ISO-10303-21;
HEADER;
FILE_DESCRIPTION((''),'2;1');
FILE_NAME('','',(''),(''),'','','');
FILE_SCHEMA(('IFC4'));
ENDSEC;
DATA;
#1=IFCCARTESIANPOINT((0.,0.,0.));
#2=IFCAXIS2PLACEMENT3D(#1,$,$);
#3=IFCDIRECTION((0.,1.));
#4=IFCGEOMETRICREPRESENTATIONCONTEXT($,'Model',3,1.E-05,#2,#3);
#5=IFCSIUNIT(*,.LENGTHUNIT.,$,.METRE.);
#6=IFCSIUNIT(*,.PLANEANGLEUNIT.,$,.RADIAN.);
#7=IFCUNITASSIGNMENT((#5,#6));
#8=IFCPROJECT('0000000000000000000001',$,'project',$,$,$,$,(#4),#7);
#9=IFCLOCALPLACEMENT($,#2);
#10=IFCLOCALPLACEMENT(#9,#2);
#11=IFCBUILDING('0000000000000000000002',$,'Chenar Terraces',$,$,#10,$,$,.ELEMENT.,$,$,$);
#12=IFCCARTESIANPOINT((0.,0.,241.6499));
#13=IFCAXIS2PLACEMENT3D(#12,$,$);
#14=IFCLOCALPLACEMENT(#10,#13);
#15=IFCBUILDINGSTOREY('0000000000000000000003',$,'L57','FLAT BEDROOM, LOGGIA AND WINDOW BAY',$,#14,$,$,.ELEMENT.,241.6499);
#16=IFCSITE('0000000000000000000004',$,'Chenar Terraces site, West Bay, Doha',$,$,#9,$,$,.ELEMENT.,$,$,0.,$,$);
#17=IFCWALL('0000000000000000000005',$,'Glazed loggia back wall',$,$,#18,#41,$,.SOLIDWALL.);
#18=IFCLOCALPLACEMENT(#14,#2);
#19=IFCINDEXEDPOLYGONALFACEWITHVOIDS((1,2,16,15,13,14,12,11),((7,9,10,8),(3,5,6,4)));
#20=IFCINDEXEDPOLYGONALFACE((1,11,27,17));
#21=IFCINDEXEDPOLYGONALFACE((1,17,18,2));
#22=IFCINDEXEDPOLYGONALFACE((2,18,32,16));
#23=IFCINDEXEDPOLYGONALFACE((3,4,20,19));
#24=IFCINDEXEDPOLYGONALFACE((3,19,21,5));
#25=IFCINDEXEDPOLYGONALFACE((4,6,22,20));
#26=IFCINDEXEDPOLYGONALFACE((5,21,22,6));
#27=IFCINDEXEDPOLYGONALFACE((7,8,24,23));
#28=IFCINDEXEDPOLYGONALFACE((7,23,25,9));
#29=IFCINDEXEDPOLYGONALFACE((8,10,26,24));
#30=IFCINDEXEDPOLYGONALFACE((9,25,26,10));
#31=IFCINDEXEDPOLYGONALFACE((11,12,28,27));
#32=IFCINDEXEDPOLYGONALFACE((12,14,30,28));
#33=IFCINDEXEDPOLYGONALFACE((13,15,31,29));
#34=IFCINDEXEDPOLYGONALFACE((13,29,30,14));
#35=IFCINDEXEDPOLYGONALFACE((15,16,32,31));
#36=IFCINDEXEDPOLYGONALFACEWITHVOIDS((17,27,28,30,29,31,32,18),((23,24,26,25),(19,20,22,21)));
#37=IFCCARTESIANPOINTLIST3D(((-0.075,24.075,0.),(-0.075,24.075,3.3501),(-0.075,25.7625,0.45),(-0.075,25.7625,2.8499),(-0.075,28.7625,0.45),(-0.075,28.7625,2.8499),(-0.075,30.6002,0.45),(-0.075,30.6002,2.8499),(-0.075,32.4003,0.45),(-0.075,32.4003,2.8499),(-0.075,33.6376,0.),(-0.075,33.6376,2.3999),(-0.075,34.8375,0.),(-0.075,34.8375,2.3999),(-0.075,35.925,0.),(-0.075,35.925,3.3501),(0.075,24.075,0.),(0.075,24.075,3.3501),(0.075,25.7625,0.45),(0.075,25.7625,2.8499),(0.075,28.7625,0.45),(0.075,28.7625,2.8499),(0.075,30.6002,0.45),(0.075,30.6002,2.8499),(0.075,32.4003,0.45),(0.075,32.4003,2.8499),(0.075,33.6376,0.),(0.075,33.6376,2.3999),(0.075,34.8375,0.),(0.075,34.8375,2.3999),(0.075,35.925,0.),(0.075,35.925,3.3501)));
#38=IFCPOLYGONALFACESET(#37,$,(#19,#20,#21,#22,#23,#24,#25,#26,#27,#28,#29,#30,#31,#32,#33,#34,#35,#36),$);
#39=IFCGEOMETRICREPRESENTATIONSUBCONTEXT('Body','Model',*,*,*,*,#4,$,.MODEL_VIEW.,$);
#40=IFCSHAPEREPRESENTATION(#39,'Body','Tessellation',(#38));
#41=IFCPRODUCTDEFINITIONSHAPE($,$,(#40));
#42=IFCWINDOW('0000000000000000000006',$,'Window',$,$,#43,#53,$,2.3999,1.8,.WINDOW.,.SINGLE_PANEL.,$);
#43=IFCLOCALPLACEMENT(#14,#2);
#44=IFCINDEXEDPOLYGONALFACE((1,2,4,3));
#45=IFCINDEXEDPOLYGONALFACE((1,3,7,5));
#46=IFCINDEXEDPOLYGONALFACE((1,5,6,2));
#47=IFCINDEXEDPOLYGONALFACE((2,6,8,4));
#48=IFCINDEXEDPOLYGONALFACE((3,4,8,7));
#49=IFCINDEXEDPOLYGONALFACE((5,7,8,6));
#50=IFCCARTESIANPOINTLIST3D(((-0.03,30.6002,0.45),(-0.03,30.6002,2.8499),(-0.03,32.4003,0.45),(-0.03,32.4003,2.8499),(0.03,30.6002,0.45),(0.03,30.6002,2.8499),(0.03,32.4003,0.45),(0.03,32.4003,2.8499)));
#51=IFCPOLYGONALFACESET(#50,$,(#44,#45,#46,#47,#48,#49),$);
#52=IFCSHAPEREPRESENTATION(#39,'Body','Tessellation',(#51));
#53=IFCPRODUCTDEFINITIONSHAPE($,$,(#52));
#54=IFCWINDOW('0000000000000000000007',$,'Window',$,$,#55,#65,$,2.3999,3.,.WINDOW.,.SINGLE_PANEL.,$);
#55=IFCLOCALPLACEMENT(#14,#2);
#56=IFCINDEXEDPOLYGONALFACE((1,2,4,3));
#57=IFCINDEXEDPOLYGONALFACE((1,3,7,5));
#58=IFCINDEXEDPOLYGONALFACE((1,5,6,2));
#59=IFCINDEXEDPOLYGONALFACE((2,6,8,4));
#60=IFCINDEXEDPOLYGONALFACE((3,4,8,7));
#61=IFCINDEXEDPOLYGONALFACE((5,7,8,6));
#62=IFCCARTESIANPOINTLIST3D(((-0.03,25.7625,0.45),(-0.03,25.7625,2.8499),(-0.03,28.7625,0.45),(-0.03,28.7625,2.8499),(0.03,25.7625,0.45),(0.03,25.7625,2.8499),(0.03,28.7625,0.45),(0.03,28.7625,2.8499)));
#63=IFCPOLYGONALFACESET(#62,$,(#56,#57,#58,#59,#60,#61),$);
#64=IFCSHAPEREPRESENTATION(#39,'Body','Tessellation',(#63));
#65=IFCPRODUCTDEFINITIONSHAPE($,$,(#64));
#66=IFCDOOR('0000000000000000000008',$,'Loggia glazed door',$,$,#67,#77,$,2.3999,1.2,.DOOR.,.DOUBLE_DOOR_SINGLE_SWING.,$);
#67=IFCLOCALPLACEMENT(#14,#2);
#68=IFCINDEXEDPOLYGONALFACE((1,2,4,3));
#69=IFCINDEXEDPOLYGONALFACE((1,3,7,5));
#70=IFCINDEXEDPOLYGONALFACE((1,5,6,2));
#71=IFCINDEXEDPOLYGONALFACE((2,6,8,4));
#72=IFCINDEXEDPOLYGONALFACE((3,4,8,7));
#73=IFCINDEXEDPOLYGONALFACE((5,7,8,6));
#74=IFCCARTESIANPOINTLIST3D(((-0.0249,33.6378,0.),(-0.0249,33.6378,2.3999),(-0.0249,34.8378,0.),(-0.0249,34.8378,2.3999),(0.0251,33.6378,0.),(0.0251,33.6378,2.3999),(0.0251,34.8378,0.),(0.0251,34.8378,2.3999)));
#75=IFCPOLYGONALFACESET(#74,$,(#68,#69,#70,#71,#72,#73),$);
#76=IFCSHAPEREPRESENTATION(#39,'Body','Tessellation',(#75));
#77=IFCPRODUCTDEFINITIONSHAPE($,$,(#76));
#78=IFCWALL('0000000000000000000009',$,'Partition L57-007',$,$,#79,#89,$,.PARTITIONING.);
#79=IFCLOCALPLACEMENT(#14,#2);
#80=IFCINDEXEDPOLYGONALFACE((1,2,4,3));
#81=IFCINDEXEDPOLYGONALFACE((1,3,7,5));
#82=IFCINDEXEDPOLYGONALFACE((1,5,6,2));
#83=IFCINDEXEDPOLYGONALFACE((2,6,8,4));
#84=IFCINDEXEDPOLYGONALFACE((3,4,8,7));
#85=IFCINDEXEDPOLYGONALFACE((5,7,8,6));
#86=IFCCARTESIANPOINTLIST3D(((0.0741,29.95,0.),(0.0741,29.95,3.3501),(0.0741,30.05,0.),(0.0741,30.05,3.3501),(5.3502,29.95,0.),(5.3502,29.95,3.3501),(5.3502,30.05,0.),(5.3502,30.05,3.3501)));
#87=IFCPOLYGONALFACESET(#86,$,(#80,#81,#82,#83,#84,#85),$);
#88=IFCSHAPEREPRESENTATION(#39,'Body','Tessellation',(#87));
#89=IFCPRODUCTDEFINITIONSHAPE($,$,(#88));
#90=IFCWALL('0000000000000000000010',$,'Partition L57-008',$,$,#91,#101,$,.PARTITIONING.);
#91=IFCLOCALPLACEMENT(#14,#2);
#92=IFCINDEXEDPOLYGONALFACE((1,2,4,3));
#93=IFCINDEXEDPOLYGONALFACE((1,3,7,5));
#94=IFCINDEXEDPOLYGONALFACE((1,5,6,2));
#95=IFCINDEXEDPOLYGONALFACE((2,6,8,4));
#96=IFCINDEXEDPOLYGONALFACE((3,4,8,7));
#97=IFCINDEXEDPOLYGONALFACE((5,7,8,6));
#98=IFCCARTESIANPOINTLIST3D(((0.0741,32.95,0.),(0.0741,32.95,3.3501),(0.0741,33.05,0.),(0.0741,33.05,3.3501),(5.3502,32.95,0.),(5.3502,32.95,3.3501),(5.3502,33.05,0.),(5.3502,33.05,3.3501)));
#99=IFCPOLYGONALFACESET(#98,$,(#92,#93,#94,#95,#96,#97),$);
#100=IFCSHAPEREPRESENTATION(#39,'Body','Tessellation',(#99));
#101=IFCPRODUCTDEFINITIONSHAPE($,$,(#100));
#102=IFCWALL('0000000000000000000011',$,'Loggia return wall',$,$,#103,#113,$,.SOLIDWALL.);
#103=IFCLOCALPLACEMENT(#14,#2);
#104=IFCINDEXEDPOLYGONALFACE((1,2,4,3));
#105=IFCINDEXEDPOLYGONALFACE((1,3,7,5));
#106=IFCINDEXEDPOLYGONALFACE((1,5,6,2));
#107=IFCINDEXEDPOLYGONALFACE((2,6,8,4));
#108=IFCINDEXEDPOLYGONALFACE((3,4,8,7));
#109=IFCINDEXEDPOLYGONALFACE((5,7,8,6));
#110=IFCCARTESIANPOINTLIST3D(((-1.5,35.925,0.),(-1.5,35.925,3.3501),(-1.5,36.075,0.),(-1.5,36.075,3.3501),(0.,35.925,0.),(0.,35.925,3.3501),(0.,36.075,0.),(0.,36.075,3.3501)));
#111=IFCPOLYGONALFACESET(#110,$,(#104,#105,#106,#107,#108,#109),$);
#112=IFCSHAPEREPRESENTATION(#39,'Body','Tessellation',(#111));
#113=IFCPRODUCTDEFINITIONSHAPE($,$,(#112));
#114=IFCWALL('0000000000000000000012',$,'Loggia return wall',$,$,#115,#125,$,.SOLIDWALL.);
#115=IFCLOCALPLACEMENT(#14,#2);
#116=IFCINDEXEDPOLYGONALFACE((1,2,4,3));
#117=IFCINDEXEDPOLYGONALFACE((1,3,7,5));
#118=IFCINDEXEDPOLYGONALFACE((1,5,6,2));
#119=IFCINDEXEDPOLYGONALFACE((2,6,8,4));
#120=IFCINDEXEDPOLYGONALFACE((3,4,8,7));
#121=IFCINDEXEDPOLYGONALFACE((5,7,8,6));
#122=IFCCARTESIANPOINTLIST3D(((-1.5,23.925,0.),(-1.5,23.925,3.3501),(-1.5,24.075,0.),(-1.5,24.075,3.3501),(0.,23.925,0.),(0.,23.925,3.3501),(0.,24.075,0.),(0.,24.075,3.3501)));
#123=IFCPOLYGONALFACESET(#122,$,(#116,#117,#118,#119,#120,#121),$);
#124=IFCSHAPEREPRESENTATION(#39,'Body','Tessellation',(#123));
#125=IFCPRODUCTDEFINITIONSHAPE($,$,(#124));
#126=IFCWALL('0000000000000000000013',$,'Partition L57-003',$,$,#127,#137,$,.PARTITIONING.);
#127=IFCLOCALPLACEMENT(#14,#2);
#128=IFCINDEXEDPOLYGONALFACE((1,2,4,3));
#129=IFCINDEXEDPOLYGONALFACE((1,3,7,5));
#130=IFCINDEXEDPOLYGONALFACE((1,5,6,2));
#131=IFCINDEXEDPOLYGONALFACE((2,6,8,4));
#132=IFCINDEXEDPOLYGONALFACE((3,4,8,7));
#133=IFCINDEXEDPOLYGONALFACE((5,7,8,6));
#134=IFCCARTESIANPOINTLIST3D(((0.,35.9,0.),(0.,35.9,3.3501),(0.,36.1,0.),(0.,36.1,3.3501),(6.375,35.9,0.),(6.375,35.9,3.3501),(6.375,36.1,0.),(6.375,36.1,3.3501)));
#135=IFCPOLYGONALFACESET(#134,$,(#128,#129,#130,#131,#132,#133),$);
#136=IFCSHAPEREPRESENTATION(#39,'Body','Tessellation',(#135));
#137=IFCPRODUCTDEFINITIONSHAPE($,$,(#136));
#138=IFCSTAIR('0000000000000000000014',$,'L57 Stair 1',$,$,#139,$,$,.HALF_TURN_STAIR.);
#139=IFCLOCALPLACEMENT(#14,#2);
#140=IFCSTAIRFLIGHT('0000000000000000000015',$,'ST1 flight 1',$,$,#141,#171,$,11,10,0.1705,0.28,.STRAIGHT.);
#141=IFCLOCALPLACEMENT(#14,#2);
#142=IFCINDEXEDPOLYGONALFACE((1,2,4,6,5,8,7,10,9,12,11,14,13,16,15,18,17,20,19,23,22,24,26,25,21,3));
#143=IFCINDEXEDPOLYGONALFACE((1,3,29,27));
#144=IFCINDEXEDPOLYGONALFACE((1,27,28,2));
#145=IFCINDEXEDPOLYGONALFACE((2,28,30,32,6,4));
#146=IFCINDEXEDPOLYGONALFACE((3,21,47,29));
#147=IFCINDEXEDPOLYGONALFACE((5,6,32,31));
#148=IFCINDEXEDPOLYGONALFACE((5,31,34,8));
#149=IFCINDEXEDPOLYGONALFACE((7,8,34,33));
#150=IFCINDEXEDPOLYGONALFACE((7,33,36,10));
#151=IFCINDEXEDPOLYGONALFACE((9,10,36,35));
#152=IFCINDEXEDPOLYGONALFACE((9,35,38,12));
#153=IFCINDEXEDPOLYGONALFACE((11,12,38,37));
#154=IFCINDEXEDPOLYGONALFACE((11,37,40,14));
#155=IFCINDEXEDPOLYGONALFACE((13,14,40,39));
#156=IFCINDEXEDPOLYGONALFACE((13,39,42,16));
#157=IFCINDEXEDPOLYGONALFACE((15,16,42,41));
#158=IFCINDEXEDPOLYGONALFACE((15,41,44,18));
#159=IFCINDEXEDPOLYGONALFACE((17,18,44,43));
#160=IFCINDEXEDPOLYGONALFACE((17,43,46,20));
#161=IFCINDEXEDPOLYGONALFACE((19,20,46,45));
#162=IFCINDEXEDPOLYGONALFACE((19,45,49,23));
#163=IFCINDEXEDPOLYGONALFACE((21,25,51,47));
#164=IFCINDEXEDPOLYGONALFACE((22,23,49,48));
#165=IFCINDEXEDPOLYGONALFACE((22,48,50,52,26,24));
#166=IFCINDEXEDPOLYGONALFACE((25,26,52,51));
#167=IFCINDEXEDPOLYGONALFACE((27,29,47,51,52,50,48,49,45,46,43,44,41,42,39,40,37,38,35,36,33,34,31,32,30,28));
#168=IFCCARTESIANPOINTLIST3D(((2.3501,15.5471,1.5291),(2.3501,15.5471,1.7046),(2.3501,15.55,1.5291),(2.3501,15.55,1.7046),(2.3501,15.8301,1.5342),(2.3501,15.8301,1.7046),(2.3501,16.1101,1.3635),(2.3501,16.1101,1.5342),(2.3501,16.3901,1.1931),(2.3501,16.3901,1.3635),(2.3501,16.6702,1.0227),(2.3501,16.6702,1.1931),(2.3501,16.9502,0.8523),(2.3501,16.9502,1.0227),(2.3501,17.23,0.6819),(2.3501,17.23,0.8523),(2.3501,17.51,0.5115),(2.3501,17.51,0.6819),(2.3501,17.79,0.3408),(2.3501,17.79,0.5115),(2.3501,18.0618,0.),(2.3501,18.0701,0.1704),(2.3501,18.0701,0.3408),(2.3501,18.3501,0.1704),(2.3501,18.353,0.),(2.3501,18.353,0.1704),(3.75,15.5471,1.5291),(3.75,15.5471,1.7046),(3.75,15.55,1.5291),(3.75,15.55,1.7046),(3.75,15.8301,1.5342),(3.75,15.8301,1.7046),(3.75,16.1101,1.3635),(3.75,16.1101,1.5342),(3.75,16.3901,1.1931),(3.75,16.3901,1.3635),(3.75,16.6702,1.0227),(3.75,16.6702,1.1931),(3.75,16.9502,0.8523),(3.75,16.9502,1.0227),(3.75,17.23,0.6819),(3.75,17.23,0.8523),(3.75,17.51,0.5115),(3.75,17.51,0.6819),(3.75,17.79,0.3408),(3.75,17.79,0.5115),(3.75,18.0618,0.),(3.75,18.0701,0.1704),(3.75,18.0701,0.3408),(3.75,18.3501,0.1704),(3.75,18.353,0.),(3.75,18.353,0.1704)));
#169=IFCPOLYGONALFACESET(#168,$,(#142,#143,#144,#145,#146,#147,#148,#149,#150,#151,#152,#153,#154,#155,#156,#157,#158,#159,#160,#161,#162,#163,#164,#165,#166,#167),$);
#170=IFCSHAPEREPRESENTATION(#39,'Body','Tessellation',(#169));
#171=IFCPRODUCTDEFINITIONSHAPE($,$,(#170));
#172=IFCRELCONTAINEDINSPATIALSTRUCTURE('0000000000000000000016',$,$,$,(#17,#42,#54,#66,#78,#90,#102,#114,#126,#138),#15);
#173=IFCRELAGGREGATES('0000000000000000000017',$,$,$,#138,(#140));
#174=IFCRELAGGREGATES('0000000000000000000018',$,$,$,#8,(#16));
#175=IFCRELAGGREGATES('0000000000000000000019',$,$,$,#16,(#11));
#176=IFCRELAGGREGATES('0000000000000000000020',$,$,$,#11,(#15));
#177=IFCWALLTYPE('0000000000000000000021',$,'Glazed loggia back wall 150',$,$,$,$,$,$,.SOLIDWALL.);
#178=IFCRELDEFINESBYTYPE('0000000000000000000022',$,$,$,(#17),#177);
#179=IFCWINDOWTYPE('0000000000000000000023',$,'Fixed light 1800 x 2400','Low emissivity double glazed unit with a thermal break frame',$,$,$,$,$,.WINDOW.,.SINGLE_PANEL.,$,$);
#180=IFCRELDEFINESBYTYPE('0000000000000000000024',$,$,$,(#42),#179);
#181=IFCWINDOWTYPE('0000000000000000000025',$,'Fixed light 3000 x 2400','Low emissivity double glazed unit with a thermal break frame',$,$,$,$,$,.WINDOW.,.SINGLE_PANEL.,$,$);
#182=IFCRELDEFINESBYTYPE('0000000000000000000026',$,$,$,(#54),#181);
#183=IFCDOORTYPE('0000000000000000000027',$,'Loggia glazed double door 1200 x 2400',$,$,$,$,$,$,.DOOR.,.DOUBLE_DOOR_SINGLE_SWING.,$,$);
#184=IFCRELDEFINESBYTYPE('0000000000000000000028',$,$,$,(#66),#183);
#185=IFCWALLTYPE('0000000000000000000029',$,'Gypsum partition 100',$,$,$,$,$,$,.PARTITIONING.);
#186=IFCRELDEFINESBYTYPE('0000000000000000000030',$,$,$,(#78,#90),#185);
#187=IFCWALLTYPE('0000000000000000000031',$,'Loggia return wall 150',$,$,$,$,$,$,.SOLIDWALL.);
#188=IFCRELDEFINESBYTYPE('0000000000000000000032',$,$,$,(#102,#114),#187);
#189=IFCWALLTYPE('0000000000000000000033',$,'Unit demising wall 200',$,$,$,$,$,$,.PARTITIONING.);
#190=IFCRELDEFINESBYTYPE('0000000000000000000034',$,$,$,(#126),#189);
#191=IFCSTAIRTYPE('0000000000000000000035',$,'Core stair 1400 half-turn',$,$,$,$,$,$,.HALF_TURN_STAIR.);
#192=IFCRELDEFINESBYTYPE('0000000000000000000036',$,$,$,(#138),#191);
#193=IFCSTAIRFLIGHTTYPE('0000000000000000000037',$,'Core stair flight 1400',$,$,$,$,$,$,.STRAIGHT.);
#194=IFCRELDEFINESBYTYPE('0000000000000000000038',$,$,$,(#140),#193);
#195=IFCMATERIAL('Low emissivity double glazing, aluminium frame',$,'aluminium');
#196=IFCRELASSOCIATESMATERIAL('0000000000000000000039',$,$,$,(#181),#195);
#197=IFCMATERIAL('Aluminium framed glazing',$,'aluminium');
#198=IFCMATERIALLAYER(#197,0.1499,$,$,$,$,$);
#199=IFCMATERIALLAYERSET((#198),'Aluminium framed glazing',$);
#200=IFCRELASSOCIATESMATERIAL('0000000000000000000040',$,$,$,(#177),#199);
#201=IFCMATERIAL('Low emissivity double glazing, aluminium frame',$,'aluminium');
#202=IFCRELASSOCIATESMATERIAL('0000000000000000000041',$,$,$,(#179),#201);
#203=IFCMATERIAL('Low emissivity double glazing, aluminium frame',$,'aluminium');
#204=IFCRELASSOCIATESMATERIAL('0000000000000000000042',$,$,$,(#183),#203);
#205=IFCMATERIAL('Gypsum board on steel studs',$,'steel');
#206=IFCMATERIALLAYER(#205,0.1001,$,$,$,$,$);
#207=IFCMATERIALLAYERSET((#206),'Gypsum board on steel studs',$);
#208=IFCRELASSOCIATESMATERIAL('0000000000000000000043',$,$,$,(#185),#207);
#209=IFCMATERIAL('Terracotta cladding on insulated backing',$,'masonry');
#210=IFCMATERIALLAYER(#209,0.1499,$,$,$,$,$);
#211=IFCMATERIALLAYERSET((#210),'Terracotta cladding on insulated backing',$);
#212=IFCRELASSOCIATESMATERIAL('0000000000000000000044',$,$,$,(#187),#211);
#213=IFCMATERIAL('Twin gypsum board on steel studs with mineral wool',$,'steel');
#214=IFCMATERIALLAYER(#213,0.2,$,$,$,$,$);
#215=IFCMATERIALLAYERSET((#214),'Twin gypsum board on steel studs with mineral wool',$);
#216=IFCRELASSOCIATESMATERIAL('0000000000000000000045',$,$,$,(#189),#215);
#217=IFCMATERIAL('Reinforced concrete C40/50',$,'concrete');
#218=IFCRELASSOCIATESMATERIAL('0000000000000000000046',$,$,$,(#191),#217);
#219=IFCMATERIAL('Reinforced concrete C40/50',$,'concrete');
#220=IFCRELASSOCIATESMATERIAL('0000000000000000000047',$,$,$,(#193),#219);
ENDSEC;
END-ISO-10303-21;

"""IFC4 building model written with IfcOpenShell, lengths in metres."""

from ifc_helpers import new_model, si_unit, direction, frame, frame_2d, origin, place, context, subcontext, project, spatial, polyline, rectangle, outline, extrude, material, layer, layer_set, type_object, element, fill, aggregate, save


model = new_model("IFC4")

# Units and contexts
model_context = context("Model", 3, precision=1e-05, world=origin(), true_north=direction((0.0, 1.0)))
body_context = subcontext(model_context, "Body", "Model", "MODEL_VIEW")
ifc_project = project(units=[si_unit("LENGTHUNIT", "METRE"), si_unit("PLANEANGLEUNIT", "RADIAN")], contexts=[model_context])

# Site, building, storey
site_placement = place(None, origin())
site = spatial("IfcSite", under=ifc_project, at=site_placement, Name="Chenar Terraces site, West Bay, Doha", CompositionType="ELEMENT", RefElevation=0.0)
building_placement = place(site_placement, origin())
building = spatial("IfcBuilding", under=site, at=building_placement, Name="Chenar Terraces", CompositionType="ELEMENT")
storey_placement = place(building_placement, frame((0.0, 0.0, 241.6499)))
storey = spatial("IfcBuildingStorey", under=building, at=storey_placement, Name="L57", Description="FLAT BEDROOM, LOGGIA AND WINDOW BAY", CompositionType="ELEMENT", Elevation=241.6499)

# Shared definitions
placement = place(storey_placement, frame((0.0, 36.0, 0.0), z_axis=(0.0, 0.0, 1.0), x_axis=(1.0, 0.0, 0.0)))

# Shared definitions
ifc_material_1 = material(Name="Low emissivity double glazing, aluminium frame", Category="aluminium")
window_type_1 = type_object("IfcWindowType", Name="Fixed light 3000 x 2400", Description="Low emissivity double glazed unit with a thermal break frame", PartitioningType="SINGLE_PANEL", PredefinedType="WINDOW", material=ifc_material_1)

# Wall, openings, windows, door
ifc_material_2 = material(Name="Aluminium framed glazing", Category="aluminium")
ifc_layer_1 = layer(ifc_material_2, 0.1499)
ifc_layer_set_1 = layer_set([ifc_layer_1], Name="Aluminium framed glazing")
wall_type_1 = type_object("IfcWallType", Name="Glazed loggia back wall 150", PredefinedType="SOLIDWALL", material=ifc_layer_set_1)
wall_1_placement = place(storey_placement, frame((0.0, 35.925, 0.0), z_axis=(0.0, 0.0, 1.0), x_axis=(0.0, -1.0, 0.0)))
wall_1 = element("IfcWall", 1, at=wall_1_placement, inside=storey, type_object=wall_type_1, Name="Glazed loggia back wall", PredefinedType="SOLIDWALL", context=body_context, shape_type="SweptSolid", body=[
    extrude(rectangle(XDim=11.8501, YDim=0.1499, at=frame_2d((5.925, 0.0))), origin(), (0.0, 0.0, 1.0), 3.3501),
])
opening_1_placement = place(wall_1_placement, frame((1.0874, 0.0, 0.0)))
opening_1 = element("IfcOpeningElement", 2, at=opening_1_placement, cuts=wall_1, PredefinedType="OPENING", context=body_context, shape_type="SweptSolid", body=[
    extrude(rectangle(XDim=1.2, YDim=2.3999, at=frame_2d((0.6001, 1.2))), frame((0.0, 0.085, 0.0), z_axis=(0.0, -1.0, 0.0), x_axis=(1.0, 0.0, 0.0)), (0.0, 0.0, 1.0), 0.1699),
])
opening_2_placement = place(wall_1_placement, frame((3.5249, 0.0, 0.45)))
opening_2 = element("IfcOpeningElement", 3, at=opening_2_placement, cuts=wall_1, PredefinedType="OPENING", context=body_context, shape_type="SweptSolid", body=[
    extrude(rectangle(XDim=1.8, YDim=2.3999, at=frame_2d((0.8999, 1.2))), frame((0.0, 0.085, 0.0), z_axis=(0.0, -1.0, 0.0), x_axis=(1.0, 0.0, 0.0)), (0.0, 0.0, 1.0), 0.1699),
])
opening_3_placement = place(wall_1_placement, frame((7.1626, 0.0, 0.45)))
opening_3 = element("IfcOpeningElement", 4, at=opening_3_placement, cuts=wall_1, PredefinedType="OPENING", context=body_context, shape_type="SweptSolid", body=[
    extrude(rectangle(XDim=3.0, YDim=2.3999, at=frame_2d((1.5, 1.2))), frame((0.0, 0.085, 0.0), z_axis=(0.0, -1.0, 0.0), x_axis=(1.0, 0.0, 0.0)), (0.0, 0.0, 1.0), 0.1699),
])
ifc_material_3 = material(Name="Low emissivity double glazing, aluminium frame", Category="aluminium")
window_type_2 = type_object("IfcWindowType", Name="Fixed light 1800 x 2400", Description="Low emissivity double glazed unit with a thermal break frame", PartitioningType="SINGLE_PANEL", PredefinedType="WINDOW", material=ifc_material_3)
window_1_placement = place(opening_2_placement, origin())
window_1 = element("IfcWindow", 5, at=window_1_placement, inside=storey, type_object=window_type_2, Name="Window", OverallHeight=2.3999, OverallWidth=1.8, PartitioningType="SINGLE_PANEL", PredefinedType="WINDOW", context=body_context, shape_type="SweptSolid", body=[
    extrude(rectangle(XDim=1.8, YDim=2.3999, at=frame_2d((0.8999, 1.2))), frame((0.0, 0.03, 0.0), z_axis=(0.0, -1.0, 0.0), x_axis=(1.0, 0.0, 0.0)), (0.0, 0.0, 1.0), 0.0601),
])
fill(opening_2, window_1)
window_2_placement = place(opening_3_placement, origin())
window_2 = element("IfcWindow", 6, at=window_2_placement, inside=storey, type_object=window_type_1, Name="Window", OverallHeight=2.3999, OverallWidth=3.0, PartitioningType="SINGLE_PANEL", PredefinedType="WINDOW", context=body_context, shape_type="SweptSolid", body=[
    extrude(rectangle(XDim=3.0, YDim=2.3999, at=frame_2d((1.5, 1.2))), frame((0.0, 0.03, 0.0), z_axis=(0.0, -1.0, 0.0), x_axis=(1.0, 0.0, 0.0)), (0.0, 0.0, 1.0), 0.0601),
])
fill(opening_3, window_2)
ifc_material_4 = material(Name="Low emissivity double glazing, aluminium frame", Category="aluminium")
door_type_1 = type_object("IfcDoorType", Name="Loggia glazed double door 1200 x 2400", OperationType="DOUBLE_DOOR_SINGLE_SWING", PredefinedType="DOOR", material=ifc_material_4)
door_1_placement = place(opening_1_placement, frame((1.2, 0.0, 0.0), z_axis=(0.0, 0.0, 1.0), x_axis=(-1.0, 0.0, 0.0)))
door_1 = element("IfcDoor", 7, at=door_1_placement, inside=storey, type_object=door_type_1, Name="Loggia glazed door", OperationType="DOUBLE_DOOR_SINGLE_SWING", OverallHeight=2.3999, OverallWidth=1.2, PredefinedType="DOOR", context=body_context, shape_type="SweptSolid", body=[
    extrude(rectangle(XDim=1.2, YDim=2.3999, at=frame_2d((0.6001, 1.2))), frame((0.0, 0.0249, 0.0), z_axis=(0.0, -1.0, 0.0), x_axis=(1.0, 0.0, 0.0)), (0.0, 0.0, 1.0), 0.05),
])
fill(opening_1, door_1)

# Walls
ifc_material_5 = material(Name="Gypsum board on steel studs", Category="steel")
ifc_layer_2 = layer(ifc_material_5, 0.1001)
ifc_layer_set_2 = layer_set([ifc_layer_2], Name="Gypsum board on steel studs")
wall_type_2 = type_object("IfcWallType", Name="Gypsum partition 100", PredefinedType="PARTITIONING", material=ifc_layer_set_2)
for number, where, z_axis, x_axis, name in (
    (8, (0.074, 30.0, 0.0), (0.0, 0.0, 1.0), (1.0, 0.0, 0.0), "Partition L57-007"),
    (9, (0.074, 33.0, 0.0), (0.0, 0.0, 1.0), (1.0, 0.0, 0.0), "Partition L57-008"),
):
    element("IfcWall", number, at=place(storey_placement, frame(where, z_axis=z_axis, x_axis=x_axis)), inside=storey, type_object=wall_type_2, Name=name, PredefinedType="PARTITIONING", context=body_context, shape_type="SweptSolid", body=[
        extrude(rectangle(XDim=5.2761, YDim=0.1001, at=frame_2d((2.6382, 0.0))), origin(), (0.0, 0.0, 1.0), 3.3501),
    ])
ifc_material_6 = material(Name="Terracotta cladding on insulated backing", Category="masonry")
ifc_layer_3 = layer(ifc_material_6, 0.1499)
ifc_layer_set_3 = layer_set([ifc_layer_3], Name="Terracotta cladding on insulated backing")
wall_type_3 = type_object("IfcWallType", Name="Loggia return wall 150", PredefinedType="SOLIDWALL", material=ifc_layer_set_3)
for number, where, z_axis, x_axis, name in (
    (10, (-1.5, 36.0, 0.0), (0.0, 0.0, 1.0), (1.0, 0.0, 0.0), "Loggia return wall"),
    (11, (-1.5, 24.0, 0.0), (0.0, 0.0, 1.0), (1.0, 0.0, 0.0), "Loggia return wall"),
):
    element("IfcWall", number, at=place(storey_placement, frame(where, z_axis=z_axis, x_axis=x_axis)), inside=storey, type_object=wall_type_3, Name=name, PredefinedType="SOLIDWALL", context=body_context, shape_type="SweptSolid", body=[
        extrude(rectangle(XDim=1.5, YDim=0.1499, at=frame_2d((0.75, 0.0))), origin(), (0.0, 0.0, 1.0), 3.3501),
    ])
ifc_material_7 = material(Name="Twin gypsum board on steel studs with mineral wool", Category="steel")
ifc_layer_4 = layer(ifc_material_7, 0.2)
ifc_layer_set_4 = layer_set([ifc_layer_4], Name="Twin gypsum board on steel studs with mineral wool")
wall_type_4 = type_object("IfcWallType", Name="Unit demising wall 200", PredefinedType="PARTITIONING", material=ifc_layer_set_4)
element("IfcWall", 12, at=placement, inside=storey, type_object=wall_type_4, Name="Partition L57-003", PredefinedType="PARTITIONING", context=body_context, shape_type="SweptSolid", body=[
    extrude(rectangle(XDim=6.375, YDim=0.2, at=frame_2d((3.1875, 0.0))), origin(), (0.0, 0.0, 1.0), 3.3501),
])

# Stair, stair flight
ifc_material_8 = material(Name="Reinforced concrete C40/50", Category="concrete")
stair_type = type_object("IfcStairType", Name="Core stair 1400 half-turn", PredefinedType="HALF_TURN_STAIR", material=ifc_material_8)
stair_placement = place(storey_placement, origin())
stair = element("IfcStair", 13, at=stair_placement, inside=storey, type_object=stair_type, Name="L57 Stair 1", PredefinedType="HALF_TURN_STAIR")
ifc_material_9 = material(Name="Reinforced concrete C40/50", Category="concrete")
stair_flight_type = type_object("IfcStairFlightType", Name="Core stair flight 1400", PredefinedType="STRAIGHT", material=ifc_material_9)
stair_flight_placement = place(storey_placement, frame((3.05, 18.3501, 0.0), z_axis=(0.0, 0.0, 1.0), x_axis=(0.0, -1.0, 0.0)))
stair_flight = element("IfcStairFlight", 14, at=stair_flight_placement, type_object=stair_flight_type, Name="ST1 flight 1", NumberOfRisers=11, NumberOfTreads=10, PredefinedType="STRAIGHT", RiserHeight=0.1705, TreadLength=0.28, context=body_context, shape_type="SweptSolid", body=[
    extrude(outline(polyline([(-0.0029, 0.0), (-0.0029, 0.1704), (0.0, 0.1704), (0.28, 0.1704), (0.28, 0.3408), (0.5601, 0.3408), (0.5601, 0.5115), (0.8401, 0.5115), (0.8401, 0.6819), (1.1201, 0.6819), (1.1201, 0.8523), (1.3999, 0.8523), (1.3999, 1.0227), (1.6799, 1.0227), (1.6799, 1.1931), (1.96, 1.1931), (1.96, 1.3635), (2.24, 1.3635), (2.24, 1.5342), (2.52, 1.5342), (2.52, 1.7046), (2.8, 1.7046), (2.803, 1.7046), (2.803, 1.5291), (2.8, 1.5291), (0.2883, 0.0), (-0.0029, 0.0)])), frame((0.0, 0.7, 0.0), z_axis=(0.0, -1.0, 0.0), x_axis=(1.0, 0.0, 0.0)), (0.0, 0.0, 1.0), 1.3999),
])
aggregate(stair, [stair_flight])

save(model, "model.ifc")
